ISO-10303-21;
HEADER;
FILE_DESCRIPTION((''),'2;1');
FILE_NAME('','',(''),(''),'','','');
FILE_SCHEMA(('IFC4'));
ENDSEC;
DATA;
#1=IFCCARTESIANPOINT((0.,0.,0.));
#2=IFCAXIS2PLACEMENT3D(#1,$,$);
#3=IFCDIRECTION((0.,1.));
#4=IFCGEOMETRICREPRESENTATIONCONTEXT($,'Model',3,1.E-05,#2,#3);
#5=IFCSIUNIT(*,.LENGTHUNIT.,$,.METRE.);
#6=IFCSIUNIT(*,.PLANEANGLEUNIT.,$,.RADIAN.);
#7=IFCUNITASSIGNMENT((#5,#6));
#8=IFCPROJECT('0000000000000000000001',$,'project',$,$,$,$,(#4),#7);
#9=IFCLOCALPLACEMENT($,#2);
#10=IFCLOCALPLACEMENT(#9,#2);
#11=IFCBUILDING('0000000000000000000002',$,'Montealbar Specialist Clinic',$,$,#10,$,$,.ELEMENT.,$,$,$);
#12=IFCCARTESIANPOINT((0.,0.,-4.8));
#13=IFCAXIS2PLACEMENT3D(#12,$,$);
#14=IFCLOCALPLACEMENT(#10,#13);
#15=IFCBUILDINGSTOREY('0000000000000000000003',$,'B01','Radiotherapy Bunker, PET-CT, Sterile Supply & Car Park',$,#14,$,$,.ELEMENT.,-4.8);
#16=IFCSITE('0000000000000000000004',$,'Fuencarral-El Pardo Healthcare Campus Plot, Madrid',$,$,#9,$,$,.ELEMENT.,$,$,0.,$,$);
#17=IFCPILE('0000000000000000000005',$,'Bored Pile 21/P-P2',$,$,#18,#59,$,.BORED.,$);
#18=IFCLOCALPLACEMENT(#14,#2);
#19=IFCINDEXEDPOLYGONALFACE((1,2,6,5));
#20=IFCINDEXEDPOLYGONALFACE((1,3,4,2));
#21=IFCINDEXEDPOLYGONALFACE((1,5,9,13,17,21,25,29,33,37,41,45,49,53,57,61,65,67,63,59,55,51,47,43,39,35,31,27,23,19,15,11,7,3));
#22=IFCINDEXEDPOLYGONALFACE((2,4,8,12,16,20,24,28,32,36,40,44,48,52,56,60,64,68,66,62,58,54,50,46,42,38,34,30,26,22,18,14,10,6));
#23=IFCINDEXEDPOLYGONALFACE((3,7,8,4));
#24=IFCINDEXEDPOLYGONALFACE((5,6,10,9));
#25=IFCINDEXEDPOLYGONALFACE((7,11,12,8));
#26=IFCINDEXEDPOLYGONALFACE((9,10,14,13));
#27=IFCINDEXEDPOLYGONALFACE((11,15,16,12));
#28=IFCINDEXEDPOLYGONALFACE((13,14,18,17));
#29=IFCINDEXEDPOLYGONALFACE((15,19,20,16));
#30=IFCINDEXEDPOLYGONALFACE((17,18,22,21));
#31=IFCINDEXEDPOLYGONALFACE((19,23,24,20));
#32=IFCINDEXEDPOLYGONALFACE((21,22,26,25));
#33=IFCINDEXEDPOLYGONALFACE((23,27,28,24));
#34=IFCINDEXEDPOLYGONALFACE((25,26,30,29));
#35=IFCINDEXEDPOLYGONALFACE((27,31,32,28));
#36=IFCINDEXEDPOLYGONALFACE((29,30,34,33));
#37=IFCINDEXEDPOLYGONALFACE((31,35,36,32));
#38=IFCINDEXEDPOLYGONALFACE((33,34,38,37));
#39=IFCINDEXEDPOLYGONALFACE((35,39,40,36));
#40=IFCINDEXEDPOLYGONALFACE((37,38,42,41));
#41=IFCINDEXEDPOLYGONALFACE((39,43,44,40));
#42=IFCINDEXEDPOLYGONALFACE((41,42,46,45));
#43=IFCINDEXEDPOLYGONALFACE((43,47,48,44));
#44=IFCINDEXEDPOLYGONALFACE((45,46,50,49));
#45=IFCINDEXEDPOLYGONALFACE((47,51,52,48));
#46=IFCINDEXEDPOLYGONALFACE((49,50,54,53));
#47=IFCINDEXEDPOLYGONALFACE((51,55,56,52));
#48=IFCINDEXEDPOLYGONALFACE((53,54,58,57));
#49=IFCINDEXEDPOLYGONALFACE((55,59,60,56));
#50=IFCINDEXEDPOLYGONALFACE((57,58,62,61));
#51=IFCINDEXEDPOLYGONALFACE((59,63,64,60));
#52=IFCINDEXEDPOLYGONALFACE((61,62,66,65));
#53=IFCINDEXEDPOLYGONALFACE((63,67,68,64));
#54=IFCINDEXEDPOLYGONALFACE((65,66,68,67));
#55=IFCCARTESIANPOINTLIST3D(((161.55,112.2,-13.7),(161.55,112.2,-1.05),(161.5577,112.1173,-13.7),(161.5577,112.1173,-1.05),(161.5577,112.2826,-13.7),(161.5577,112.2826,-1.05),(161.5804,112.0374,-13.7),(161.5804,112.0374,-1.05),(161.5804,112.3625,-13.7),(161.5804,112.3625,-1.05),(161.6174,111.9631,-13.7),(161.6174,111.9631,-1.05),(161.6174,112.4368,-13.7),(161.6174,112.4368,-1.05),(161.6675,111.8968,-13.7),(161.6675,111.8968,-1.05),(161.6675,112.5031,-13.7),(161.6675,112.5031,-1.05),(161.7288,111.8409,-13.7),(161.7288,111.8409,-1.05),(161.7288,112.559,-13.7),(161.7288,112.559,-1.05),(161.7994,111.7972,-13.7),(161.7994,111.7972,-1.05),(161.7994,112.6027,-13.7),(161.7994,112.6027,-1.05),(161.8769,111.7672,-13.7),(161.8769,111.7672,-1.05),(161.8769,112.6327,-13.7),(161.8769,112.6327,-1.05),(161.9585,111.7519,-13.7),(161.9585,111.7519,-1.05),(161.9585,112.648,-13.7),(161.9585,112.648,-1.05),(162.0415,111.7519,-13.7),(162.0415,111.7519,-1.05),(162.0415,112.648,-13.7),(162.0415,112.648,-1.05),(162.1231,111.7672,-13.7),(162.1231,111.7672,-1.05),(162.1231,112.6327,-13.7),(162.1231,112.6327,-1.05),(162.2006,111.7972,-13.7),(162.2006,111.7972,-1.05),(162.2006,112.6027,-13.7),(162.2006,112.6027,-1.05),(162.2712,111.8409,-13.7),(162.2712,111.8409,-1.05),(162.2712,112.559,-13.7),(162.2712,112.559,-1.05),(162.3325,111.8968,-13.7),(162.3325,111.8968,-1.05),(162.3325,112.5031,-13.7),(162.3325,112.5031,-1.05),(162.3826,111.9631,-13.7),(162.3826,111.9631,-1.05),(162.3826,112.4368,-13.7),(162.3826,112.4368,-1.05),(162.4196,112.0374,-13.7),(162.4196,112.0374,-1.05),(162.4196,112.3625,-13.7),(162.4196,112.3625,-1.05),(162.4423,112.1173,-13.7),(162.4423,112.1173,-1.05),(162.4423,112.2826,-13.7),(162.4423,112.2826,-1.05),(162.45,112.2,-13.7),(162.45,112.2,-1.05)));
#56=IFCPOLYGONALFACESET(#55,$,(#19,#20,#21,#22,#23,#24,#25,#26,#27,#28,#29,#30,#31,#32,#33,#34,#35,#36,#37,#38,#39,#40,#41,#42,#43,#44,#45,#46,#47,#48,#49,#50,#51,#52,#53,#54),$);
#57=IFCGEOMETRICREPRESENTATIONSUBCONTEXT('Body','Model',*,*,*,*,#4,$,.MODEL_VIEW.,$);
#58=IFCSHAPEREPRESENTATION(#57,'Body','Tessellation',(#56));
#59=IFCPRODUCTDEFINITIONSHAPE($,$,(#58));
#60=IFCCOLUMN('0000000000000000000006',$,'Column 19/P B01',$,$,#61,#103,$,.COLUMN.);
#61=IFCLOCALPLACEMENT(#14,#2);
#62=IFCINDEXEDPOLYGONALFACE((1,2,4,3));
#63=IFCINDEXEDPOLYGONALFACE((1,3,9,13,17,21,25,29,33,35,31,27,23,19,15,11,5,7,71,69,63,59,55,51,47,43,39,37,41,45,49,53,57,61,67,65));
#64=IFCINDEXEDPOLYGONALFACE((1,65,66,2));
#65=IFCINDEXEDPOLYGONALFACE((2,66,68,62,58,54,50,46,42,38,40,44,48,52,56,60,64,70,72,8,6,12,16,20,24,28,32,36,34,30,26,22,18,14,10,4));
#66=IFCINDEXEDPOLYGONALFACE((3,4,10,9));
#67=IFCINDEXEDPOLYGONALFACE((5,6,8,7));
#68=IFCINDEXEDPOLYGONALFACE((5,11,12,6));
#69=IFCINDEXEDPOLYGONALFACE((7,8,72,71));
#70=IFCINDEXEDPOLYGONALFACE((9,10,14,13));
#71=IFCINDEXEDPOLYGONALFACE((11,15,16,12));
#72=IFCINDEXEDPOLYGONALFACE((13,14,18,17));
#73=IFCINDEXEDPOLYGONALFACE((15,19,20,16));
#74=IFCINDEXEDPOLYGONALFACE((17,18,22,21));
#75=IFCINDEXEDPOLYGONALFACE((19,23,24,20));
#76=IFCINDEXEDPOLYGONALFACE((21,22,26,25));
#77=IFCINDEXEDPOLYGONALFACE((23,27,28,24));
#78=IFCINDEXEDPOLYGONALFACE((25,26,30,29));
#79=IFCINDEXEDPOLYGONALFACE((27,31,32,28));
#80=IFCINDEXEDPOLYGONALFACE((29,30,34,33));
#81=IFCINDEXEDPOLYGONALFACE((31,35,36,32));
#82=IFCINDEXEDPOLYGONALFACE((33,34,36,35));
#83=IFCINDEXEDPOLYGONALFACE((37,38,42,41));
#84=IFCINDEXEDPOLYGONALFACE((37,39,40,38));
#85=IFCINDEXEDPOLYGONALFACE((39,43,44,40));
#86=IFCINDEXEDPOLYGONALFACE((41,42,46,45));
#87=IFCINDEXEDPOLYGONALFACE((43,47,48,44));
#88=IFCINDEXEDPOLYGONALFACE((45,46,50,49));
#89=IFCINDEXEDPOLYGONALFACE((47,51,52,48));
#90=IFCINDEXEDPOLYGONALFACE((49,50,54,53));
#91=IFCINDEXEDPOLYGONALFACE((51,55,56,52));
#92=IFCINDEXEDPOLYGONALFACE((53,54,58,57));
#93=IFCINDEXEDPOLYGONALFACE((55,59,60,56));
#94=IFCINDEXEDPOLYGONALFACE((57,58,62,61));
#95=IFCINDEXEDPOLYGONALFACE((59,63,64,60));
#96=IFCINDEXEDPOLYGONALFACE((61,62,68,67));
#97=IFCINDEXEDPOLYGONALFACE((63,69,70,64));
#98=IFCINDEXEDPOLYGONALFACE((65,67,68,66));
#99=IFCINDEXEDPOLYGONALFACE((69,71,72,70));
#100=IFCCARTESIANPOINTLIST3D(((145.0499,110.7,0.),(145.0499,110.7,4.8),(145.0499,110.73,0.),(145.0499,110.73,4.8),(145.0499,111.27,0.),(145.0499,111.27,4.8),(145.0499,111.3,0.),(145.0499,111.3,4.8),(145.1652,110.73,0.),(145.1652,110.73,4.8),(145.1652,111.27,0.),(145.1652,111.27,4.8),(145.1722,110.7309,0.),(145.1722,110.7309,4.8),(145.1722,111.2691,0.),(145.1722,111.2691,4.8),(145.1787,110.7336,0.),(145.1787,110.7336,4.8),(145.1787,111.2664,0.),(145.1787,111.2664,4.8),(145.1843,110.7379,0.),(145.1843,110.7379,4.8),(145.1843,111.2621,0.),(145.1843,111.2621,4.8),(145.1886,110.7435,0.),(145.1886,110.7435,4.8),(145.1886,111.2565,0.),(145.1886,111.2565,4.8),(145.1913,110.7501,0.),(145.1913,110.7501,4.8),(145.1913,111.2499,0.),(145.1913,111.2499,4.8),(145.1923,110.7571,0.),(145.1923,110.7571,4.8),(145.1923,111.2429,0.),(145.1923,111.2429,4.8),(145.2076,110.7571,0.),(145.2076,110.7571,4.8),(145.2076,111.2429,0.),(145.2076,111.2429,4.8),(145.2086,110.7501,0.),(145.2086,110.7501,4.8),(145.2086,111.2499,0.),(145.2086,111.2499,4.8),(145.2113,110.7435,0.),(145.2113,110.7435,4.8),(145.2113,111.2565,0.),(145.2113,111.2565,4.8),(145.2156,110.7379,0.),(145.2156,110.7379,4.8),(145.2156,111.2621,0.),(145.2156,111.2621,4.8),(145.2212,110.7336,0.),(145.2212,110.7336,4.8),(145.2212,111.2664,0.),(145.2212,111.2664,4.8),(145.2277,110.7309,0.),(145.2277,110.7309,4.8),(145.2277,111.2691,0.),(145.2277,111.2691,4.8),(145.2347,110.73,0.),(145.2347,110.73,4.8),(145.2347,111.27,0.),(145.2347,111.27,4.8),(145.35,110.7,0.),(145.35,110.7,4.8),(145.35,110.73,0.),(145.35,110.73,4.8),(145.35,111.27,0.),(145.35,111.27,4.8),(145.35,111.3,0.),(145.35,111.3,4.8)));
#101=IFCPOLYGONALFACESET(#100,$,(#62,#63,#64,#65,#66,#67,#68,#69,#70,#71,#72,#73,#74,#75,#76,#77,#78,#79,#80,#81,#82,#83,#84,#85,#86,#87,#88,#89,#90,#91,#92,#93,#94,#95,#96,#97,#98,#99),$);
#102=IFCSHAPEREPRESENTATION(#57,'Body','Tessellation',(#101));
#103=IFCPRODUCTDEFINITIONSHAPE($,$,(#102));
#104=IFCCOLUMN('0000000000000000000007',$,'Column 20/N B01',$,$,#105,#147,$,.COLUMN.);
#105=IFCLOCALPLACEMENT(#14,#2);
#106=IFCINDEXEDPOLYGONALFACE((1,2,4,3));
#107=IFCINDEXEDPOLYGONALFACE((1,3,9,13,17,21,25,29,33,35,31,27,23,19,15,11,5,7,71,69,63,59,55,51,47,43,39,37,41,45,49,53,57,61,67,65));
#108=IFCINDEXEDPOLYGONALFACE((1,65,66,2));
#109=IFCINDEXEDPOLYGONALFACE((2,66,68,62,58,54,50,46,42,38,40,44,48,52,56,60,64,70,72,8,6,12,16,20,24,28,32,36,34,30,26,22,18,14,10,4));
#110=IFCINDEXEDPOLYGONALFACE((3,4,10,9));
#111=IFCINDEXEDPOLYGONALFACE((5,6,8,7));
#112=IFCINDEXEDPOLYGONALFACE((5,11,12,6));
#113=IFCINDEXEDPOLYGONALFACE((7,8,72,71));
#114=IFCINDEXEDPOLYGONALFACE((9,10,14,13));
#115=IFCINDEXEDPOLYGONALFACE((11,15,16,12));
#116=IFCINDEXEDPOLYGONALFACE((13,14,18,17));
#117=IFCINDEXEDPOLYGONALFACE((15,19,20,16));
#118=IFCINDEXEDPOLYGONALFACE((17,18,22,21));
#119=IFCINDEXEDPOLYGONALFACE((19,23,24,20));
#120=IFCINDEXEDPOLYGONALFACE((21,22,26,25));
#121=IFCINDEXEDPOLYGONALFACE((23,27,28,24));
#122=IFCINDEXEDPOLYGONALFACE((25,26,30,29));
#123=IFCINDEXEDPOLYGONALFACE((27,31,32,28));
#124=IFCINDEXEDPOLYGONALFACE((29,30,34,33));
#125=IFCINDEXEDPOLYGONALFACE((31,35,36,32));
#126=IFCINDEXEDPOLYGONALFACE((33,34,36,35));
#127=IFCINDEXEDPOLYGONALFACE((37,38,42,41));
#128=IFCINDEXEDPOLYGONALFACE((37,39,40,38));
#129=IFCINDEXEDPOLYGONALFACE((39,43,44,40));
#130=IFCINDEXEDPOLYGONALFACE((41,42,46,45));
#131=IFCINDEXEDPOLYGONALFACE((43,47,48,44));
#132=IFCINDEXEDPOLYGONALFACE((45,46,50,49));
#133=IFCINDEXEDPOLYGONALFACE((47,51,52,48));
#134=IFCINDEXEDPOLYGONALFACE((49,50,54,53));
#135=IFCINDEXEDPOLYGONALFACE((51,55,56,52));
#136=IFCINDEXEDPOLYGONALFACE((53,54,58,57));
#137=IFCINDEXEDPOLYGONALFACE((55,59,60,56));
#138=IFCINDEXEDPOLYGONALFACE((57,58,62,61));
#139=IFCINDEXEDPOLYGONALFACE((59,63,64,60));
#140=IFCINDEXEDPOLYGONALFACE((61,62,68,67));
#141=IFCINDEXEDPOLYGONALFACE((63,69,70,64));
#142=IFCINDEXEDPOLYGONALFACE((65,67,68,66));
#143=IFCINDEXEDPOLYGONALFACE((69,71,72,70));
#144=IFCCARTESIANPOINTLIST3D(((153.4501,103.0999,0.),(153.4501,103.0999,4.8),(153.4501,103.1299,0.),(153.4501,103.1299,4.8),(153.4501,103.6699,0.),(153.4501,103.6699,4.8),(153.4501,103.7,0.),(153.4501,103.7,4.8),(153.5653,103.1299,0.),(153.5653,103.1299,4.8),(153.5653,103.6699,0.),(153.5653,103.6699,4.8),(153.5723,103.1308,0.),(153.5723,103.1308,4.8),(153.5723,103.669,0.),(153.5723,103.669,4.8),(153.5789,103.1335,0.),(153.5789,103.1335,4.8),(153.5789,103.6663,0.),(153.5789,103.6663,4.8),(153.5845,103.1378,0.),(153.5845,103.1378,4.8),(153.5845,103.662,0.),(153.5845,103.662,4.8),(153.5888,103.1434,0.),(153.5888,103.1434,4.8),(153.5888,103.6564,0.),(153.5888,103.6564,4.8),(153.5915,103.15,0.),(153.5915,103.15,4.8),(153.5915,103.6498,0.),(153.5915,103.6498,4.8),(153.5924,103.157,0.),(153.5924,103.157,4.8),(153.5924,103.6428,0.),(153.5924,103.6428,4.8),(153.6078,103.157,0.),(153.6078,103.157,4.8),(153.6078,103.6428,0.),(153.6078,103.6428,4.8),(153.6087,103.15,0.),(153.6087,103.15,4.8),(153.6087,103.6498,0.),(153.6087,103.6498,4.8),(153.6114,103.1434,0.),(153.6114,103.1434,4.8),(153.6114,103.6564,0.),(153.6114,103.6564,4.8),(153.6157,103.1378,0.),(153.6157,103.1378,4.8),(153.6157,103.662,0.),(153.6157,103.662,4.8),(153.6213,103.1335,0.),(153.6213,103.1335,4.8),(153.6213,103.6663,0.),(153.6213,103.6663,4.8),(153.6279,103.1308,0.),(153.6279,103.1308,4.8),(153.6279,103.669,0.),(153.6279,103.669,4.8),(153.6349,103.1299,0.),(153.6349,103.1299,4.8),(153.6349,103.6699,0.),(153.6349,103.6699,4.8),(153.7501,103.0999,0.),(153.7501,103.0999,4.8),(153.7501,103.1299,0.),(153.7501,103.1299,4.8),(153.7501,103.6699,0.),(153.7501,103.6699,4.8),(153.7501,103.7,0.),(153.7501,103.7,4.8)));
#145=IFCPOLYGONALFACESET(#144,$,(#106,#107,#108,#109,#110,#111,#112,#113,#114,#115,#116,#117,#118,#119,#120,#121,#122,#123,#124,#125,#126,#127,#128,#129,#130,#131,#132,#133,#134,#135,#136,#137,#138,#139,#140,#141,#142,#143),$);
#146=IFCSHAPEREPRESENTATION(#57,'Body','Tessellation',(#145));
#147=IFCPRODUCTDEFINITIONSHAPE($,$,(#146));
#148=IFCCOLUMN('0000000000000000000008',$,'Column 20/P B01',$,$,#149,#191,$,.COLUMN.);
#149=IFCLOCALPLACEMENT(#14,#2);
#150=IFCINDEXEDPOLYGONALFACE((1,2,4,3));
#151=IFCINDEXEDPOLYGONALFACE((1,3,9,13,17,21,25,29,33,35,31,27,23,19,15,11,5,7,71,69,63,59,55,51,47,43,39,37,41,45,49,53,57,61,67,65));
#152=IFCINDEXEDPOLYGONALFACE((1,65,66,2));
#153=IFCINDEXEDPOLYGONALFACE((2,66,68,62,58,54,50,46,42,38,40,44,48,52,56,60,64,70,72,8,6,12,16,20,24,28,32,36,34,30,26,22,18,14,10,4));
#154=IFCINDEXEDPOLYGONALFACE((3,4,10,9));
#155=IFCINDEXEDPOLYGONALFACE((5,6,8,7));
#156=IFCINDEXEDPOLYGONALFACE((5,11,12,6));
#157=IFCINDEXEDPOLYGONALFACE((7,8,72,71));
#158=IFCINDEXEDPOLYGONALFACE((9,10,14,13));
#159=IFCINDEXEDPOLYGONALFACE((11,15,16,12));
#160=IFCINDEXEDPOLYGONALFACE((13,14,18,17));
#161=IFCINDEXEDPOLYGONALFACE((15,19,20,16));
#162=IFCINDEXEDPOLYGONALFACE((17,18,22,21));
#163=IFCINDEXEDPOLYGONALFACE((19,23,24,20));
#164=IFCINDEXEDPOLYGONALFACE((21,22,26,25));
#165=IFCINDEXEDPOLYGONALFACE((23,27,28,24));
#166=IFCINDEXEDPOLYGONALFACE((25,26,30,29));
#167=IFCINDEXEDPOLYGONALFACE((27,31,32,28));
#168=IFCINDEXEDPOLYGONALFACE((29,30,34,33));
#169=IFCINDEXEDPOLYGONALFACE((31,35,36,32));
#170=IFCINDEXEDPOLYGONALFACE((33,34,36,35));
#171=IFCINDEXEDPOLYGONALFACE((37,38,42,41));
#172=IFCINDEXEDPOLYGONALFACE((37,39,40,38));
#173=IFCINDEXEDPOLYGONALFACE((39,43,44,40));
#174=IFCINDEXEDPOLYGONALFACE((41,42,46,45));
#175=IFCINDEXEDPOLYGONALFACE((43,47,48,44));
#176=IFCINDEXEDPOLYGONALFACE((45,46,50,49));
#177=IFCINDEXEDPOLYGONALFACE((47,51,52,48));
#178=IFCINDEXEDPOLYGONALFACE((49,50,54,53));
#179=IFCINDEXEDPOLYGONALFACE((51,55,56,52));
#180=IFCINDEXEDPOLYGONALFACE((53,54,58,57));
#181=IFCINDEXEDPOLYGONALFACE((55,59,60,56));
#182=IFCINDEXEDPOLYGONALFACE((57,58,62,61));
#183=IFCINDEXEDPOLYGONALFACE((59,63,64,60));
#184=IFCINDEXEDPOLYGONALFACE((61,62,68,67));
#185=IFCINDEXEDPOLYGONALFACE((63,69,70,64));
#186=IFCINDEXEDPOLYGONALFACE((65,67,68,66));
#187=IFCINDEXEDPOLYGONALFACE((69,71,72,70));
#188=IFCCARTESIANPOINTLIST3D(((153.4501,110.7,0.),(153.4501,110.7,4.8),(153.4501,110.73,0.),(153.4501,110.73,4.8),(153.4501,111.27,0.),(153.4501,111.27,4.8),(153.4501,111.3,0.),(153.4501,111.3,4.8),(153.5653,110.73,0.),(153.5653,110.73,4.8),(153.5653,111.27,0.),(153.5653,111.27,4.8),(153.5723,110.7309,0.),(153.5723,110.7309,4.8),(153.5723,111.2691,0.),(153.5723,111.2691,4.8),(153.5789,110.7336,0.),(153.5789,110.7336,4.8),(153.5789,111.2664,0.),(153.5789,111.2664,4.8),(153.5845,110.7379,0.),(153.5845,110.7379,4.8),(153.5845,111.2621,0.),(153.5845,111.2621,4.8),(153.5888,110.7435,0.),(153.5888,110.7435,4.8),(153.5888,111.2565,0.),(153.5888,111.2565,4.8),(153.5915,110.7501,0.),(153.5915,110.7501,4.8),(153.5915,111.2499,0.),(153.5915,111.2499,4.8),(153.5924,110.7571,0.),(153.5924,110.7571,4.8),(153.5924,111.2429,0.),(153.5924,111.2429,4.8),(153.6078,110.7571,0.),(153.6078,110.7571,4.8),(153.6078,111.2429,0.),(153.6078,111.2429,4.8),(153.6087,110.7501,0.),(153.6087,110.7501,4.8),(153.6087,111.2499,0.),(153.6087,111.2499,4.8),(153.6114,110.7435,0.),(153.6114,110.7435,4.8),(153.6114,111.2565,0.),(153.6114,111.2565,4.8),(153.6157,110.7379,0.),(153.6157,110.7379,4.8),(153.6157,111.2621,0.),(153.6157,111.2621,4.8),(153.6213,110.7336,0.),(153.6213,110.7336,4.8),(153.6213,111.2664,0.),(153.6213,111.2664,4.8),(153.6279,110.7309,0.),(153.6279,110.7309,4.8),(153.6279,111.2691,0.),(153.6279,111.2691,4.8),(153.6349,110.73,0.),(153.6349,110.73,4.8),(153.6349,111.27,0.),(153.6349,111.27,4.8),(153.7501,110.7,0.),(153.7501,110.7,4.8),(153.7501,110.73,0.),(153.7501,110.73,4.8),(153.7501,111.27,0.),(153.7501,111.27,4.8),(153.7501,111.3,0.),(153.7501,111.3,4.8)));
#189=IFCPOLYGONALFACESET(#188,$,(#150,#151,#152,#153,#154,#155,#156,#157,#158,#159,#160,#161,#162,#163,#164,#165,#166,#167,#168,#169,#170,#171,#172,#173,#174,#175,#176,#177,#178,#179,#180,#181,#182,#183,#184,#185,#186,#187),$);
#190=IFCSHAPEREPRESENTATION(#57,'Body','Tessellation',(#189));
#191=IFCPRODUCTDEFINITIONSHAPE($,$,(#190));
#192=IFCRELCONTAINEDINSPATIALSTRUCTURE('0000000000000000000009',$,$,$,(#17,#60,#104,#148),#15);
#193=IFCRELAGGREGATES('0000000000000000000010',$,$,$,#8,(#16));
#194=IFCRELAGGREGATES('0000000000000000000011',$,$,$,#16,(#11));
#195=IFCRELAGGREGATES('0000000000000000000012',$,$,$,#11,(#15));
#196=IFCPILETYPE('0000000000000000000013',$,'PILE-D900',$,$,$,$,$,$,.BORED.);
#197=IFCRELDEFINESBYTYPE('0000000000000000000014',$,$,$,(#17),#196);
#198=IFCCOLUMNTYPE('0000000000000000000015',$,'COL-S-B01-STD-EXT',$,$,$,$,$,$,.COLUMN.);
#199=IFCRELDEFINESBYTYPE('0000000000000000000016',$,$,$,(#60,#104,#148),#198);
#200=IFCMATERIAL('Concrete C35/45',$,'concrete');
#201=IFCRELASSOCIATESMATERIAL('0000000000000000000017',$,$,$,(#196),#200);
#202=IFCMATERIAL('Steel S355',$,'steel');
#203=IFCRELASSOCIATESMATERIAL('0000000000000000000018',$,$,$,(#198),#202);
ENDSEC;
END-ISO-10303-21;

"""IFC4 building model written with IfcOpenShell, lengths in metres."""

from ifc_helpers import new_model, si_unit, direction, frame, origin, origin_2d, place, context, subcontext, project, spatial, circle, i_section, extrude, material, material_profile, profile_set, type_object, element, save


model = new_model("IFC4")

# Units and contexts
model_context = context("Model", 3, precision=1e-05, world=origin(), true_north=direction((0.0, 1.0)))
body_context = subcontext(model_context, "Body", "Model", "MODEL_VIEW")
ifc_project = project(units=[si_unit("LENGTHUNIT", "METRE"), si_unit("PLANEANGLEUNIT", "RADIAN")], contexts=[model_context])

# Site, building, storey
site_placement = place(None, origin())
site = spatial("IfcSite", under=ifc_project, at=site_placement, Name="Fuencarral-El Pardo Healthcare Campus Plot, Madrid", CompositionType="ELEMENT", RefElevation=0.0)
building_placement = place(site_placement, origin())
building = spatial("IfcBuilding", under=site, at=building_placement, Name="Montealbar Specialist Clinic", CompositionType="ELEMENT")
storey_placement = place(building_placement, frame((0.0, 0.0, -4.8)))
storey = spatial("IfcBuildingStorey", under=building, at=storey_placement, Name="B01", Description="Radiotherapy Bunker, PET-CT, Sterile Supply & Car Park", CompositionType="ELEMENT", Elevation=-4.8)

# Shared definitions
ifc_material_1 = material(Name="Concrete C35/45", Category="concrete")

# Pile
ifc_material_profile_1 = material_profile(ifc_material_1, circle(Radius=0.45, at=origin_2d()), Name="PILE D900", Category="concrete")
ifc_profile_set_1 = profile_set([ifc_material_profile_1], Name="Concrete C35/45")
pile_type_1 = type_object("IfcPileType", Name="PILE-D900", PredefinedType="BORED", material=ifc_profile_set_1)
for number, where, z_axis, x_axis, name in (
    (1, (162.0, 112.2, -1.05), (0.0, 0.0, -1.0), (1.0, 0.0, 0.0), "Bored Pile 21/P-P2"),
):
    element("IfcPile", number, at=place(storey_placement, frame(where, z_axis=z_axis, x_axis=x_axis)), inside=storey, type_object=pile_type_1, Name=name, PredefinedType="BORED", context=body_context, shape_type="SweptSolid", body=[
        extrude(circle(Radius=0.45, at=origin_2d()), origin(), (0.0, 0.0, 1.0), 12.6499),
    ])

# Columns
ifc_material_2 = material(Name="Steel S355", Category="steel")
ifc_material_profile_2 = material_profile(ifc_material_2, i_section(OverallWidth=0.3, OverallDepth=0.6001, WebThickness=0.0154, FlangeThickness=0.03, FilletRadius=0.0271, at=origin_2d()), Name="HEB 600", Category="steel")
ifc_profile_set_2 = profile_set([ifc_material_profile_2], Name="Steel S355")
column_type_1 = type_object("IfcColumnType", Name="COL-S-B01-STD-EXT", PredefinedType="COLUMN", material=ifc_profile_set_2)
for number, where, z_axis, x_axis, name in (
    (2, (145.2, 111.0, 0.0), (0.0, 0.0, 1.0), (1.0, 0.0, 0.0), "Column 19/P B01"),
    (3, (153.6001, 103.3999, 0.0), (0.0, 0.0, 1.0), (1.0, 0.0, 0.0), "Column 20/N B01"),
    (4, (153.6001, 111.0, 0.0), (0.0, 0.0, 1.0), (1.0, 0.0, 0.0), "Column 20/P B01"),
):
    element("IfcColumn", number, at=place(storey_placement, frame(where, z_axis=z_axis, x_axis=x_axis)), inside=storey, type_object=column_type_1, Name=name, PredefinedType="COLUMN", context=body_context, shape_type="SweptSolid", body=[
        extrude(i_section(OverallWidth=0.3, OverallDepth=0.6001, WebThickness=0.0154, FlangeThickness=0.03, FilletRadius=0.0271, at=origin_2d()), origin(), (0.0, 0.0, 1.0), 4.8),
    ])

save(model, "model.ifc")
